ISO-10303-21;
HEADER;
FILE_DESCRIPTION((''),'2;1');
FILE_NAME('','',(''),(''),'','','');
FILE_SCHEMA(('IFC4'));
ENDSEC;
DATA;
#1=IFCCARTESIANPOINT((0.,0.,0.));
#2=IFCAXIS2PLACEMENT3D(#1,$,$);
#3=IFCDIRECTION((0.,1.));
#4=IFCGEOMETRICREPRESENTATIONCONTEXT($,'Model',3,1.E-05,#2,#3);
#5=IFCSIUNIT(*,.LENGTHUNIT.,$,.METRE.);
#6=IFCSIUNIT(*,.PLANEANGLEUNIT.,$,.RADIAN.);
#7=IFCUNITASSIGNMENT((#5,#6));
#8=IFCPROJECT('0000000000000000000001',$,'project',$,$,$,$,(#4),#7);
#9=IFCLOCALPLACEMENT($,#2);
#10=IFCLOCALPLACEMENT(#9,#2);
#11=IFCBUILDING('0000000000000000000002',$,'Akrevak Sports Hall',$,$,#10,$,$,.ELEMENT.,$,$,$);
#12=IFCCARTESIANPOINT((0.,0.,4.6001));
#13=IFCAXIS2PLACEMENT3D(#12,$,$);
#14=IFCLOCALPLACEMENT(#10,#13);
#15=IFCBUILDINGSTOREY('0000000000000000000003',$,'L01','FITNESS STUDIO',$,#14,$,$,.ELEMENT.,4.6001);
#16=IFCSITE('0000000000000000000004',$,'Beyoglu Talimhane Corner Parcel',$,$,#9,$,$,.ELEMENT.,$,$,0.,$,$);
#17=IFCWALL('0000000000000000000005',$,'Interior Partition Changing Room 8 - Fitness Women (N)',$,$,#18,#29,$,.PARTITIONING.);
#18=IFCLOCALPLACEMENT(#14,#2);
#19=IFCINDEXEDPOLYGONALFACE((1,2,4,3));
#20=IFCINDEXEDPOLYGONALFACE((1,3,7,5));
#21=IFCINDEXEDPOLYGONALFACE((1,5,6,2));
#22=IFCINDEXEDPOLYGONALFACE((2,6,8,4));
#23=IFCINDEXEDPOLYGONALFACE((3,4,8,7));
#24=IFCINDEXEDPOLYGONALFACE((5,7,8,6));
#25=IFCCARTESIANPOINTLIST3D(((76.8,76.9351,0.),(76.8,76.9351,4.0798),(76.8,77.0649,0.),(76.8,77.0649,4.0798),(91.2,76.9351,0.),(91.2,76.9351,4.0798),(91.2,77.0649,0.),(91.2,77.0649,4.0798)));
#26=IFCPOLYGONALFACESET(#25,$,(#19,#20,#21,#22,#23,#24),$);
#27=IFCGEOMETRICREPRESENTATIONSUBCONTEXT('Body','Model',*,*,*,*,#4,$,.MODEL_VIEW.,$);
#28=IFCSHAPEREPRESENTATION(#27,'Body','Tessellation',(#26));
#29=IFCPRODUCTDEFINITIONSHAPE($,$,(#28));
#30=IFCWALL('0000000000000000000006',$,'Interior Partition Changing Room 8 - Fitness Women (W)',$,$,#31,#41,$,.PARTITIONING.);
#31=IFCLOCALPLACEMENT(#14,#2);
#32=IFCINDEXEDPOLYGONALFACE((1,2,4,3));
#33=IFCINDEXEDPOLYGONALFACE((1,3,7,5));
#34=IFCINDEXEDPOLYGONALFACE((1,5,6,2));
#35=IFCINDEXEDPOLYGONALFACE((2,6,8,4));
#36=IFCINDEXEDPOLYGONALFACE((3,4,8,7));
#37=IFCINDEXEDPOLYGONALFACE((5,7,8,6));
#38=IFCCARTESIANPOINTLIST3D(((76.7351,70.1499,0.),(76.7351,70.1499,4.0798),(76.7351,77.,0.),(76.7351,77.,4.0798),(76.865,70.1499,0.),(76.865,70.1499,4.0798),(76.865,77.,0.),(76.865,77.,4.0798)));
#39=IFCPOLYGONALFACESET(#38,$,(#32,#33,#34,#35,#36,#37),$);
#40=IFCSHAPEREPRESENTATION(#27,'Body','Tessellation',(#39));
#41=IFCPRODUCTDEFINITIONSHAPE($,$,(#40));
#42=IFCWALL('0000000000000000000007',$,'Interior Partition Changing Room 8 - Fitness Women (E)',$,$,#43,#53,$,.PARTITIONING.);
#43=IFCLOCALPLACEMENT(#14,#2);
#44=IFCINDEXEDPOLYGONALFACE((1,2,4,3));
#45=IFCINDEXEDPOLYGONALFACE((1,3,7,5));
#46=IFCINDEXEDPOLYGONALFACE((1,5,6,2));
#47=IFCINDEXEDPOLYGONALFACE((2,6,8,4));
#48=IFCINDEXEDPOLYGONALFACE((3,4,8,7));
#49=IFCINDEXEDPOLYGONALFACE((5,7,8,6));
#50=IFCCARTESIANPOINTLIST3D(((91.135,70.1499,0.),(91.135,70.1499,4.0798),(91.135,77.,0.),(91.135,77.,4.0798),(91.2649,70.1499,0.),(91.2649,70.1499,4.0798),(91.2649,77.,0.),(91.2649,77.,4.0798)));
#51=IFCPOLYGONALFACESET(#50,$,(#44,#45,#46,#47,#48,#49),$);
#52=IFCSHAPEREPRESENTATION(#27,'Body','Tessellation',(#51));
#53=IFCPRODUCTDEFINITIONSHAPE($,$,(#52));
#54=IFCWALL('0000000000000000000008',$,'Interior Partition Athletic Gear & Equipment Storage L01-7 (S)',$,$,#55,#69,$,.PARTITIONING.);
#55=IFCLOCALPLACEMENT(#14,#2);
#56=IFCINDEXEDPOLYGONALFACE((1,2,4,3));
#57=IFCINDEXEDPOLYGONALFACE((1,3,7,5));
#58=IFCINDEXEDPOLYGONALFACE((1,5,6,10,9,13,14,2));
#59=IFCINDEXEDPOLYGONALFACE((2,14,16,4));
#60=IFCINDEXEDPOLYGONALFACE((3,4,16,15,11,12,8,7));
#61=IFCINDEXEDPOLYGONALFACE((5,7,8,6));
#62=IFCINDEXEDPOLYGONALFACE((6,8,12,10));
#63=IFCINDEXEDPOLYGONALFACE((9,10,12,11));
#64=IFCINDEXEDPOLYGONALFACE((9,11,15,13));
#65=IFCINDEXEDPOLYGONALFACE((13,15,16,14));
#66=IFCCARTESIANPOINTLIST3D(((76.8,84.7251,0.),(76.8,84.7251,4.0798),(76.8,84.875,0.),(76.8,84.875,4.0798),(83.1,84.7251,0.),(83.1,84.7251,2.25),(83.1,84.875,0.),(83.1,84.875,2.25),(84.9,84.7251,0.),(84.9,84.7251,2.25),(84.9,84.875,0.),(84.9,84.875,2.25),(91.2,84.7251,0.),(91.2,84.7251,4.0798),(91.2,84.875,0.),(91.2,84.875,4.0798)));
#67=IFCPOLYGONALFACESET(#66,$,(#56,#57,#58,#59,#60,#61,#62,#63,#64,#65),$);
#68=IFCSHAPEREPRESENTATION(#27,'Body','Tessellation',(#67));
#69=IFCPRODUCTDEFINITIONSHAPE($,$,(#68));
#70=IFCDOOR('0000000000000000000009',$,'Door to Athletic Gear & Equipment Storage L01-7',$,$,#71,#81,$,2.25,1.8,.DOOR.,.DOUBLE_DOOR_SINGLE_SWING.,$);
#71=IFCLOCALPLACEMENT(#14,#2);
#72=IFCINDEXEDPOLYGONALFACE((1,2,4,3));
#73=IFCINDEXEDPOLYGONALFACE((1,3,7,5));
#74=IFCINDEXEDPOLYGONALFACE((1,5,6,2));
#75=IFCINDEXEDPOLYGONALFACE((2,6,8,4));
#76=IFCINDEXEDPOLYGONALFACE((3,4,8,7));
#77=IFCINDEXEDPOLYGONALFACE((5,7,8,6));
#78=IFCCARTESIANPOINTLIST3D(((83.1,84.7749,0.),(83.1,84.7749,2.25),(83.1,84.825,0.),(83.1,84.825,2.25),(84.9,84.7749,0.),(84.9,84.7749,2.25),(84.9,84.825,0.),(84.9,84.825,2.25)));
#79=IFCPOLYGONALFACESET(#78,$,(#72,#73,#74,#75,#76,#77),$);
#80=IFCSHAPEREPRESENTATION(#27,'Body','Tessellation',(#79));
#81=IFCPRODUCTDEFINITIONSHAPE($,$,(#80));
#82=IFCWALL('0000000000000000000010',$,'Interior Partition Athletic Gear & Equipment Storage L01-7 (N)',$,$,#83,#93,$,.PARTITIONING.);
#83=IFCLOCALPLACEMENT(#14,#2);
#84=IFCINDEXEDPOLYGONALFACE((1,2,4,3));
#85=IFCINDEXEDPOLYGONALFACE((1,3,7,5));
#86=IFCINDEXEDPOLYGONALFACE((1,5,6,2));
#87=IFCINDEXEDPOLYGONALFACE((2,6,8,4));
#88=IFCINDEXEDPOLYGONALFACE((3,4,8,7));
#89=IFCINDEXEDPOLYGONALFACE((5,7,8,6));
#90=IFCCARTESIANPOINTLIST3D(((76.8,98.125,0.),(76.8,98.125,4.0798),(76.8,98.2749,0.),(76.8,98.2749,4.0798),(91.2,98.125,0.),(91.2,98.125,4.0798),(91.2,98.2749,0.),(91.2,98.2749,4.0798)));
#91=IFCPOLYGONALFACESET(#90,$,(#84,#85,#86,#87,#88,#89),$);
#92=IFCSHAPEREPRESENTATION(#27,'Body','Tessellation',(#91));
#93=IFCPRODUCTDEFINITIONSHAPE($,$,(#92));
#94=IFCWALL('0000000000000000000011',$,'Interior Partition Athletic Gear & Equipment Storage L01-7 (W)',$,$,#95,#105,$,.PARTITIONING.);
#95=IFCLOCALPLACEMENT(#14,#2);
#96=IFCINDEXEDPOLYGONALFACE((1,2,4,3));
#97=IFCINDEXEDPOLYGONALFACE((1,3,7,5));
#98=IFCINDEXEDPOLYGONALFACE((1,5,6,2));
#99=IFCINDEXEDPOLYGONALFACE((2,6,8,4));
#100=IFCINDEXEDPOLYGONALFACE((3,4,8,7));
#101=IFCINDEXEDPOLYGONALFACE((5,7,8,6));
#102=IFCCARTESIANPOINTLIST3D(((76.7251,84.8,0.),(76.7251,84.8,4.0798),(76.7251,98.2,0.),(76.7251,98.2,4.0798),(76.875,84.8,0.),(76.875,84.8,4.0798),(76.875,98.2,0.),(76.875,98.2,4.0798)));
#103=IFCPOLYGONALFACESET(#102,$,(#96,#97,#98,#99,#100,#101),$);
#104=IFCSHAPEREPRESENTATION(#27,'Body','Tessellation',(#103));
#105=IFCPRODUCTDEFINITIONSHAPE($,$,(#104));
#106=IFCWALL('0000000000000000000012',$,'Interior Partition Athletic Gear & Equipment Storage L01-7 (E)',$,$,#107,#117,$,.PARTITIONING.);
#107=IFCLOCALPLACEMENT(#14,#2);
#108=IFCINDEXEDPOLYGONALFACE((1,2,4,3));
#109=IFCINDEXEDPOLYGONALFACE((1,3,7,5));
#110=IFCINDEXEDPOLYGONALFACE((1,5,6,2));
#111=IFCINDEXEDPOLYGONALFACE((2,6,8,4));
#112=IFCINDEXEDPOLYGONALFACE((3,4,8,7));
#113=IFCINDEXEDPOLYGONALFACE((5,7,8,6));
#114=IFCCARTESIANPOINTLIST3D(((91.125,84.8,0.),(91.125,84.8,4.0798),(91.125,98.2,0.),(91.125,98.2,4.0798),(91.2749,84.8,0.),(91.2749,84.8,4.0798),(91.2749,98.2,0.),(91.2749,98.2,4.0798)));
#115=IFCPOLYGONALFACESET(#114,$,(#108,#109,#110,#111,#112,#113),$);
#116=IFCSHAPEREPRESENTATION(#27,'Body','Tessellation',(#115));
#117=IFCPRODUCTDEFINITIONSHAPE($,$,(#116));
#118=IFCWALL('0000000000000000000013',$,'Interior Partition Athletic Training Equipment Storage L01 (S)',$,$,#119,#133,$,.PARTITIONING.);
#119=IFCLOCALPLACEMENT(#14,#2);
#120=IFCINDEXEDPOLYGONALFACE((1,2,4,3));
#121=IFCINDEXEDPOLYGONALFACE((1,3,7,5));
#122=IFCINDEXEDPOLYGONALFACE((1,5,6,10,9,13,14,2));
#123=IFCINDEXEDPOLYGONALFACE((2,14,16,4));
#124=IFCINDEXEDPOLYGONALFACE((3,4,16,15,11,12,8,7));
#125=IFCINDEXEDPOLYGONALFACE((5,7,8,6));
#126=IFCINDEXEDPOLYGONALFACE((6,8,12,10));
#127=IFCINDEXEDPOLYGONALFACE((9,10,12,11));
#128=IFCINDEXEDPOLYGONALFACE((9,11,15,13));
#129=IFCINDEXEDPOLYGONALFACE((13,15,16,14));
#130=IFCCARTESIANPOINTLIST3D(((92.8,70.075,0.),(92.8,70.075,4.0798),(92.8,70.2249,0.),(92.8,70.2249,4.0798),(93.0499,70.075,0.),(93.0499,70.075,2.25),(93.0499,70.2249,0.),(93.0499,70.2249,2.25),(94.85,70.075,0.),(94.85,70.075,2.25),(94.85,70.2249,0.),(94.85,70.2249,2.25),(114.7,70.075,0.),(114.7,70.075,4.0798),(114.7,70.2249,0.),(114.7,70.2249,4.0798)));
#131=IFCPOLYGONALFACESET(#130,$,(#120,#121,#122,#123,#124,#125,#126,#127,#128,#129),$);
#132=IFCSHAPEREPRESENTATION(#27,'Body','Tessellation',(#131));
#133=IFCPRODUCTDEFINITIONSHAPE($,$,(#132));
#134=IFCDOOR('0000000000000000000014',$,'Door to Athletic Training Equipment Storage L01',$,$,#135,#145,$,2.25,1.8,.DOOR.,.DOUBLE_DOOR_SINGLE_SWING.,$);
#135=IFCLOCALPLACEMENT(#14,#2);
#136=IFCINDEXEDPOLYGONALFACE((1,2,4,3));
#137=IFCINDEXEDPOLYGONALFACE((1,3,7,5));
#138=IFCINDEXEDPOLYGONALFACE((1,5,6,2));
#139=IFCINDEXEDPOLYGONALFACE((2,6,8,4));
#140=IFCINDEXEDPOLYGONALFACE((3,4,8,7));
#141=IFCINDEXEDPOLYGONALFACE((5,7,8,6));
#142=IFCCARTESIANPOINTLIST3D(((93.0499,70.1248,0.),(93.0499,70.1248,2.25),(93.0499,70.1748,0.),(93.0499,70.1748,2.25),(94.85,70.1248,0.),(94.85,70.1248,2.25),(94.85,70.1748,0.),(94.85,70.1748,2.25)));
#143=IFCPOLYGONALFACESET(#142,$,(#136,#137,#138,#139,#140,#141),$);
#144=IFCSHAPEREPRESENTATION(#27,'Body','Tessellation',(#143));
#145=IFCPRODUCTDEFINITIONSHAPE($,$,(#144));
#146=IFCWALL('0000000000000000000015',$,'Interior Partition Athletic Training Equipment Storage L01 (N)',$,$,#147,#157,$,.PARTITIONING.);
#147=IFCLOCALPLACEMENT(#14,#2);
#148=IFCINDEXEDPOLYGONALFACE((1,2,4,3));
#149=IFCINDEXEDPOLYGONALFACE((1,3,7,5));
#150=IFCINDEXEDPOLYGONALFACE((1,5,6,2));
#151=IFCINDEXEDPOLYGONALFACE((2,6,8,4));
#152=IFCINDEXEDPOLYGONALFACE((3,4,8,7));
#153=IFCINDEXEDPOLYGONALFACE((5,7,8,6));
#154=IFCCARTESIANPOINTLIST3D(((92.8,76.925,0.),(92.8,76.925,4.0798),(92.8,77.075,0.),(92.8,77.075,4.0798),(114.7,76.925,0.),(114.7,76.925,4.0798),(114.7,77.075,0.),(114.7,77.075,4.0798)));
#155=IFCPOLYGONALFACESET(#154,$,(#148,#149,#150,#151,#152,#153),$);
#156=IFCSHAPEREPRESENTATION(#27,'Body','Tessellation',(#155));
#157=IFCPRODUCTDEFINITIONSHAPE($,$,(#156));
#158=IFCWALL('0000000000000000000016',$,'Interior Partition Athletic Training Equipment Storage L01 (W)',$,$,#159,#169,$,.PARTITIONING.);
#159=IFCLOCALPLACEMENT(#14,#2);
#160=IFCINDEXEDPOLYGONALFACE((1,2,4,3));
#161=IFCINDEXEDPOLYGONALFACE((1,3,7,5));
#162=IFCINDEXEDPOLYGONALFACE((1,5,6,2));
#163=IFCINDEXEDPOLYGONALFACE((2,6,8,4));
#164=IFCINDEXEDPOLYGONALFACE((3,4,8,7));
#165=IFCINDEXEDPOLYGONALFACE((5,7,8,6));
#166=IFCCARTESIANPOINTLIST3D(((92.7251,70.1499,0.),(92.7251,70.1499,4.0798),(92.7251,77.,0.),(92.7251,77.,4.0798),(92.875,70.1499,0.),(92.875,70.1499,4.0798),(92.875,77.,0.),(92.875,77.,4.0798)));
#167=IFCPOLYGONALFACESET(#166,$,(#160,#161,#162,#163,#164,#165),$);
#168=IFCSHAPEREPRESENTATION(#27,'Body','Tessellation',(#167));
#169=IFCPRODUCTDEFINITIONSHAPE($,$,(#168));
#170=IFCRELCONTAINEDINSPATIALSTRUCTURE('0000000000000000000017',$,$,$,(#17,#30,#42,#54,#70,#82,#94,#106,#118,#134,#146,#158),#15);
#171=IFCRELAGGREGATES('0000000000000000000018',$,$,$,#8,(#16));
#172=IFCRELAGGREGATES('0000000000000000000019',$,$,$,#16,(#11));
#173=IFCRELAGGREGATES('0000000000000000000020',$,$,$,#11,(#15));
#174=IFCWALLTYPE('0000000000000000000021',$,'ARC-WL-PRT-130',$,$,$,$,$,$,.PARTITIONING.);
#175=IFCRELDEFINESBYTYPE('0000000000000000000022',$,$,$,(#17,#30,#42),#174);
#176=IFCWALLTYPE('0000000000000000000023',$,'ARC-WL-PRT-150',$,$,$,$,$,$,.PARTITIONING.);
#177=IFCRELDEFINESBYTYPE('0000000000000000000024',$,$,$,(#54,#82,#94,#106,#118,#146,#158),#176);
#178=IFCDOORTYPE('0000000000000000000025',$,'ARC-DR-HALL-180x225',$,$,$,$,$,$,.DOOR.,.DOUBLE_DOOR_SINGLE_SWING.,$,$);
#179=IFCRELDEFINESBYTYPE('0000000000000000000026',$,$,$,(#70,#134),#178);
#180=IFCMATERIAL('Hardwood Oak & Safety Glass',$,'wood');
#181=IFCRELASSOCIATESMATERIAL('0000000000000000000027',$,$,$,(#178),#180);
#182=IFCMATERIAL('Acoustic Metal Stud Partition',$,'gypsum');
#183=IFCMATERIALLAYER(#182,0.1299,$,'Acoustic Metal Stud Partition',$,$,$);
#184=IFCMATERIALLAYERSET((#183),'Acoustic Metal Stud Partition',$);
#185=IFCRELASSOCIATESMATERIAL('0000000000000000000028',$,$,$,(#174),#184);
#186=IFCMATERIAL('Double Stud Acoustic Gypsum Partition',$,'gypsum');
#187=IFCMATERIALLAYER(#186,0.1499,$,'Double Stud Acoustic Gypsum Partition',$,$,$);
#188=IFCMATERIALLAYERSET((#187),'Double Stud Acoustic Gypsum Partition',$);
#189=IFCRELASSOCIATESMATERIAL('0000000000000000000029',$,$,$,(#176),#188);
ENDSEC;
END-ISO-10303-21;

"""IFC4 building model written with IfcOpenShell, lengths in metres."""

from ifc_helpers import new_model, si_unit, direction, frame, frame_2d, origin, place, context, subcontext, project, spatial, rectangle, extrude, material, layer, layer_set, type_object, element, fill, save


model = new_model("IFC4")

# Units and contexts
model_context = context("Model", 3, precision=1e-05, world=origin(), true_north=direction((0.0, 1.0)))
body_context = subcontext(model_context, "Body", "Model", "MODEL_VIEW")
ifc_project = project(units=[si_unit("LENGTHUNIT", "METRE"), si_unit("PLANEANGLEUNIT", "RADIAN")], contexts=[model_context])

# Site, building, storey
site_placement = place(None, origin())
site = spatial("IfcSite", under=ifc_project, at=site_placement, Name="Beyoglu Talimhane Corner Parcel", CompositionType="ELEMENT", RefElevation=0.0)
building_placement = place(site_placement, origin())
building = spatial("IfcBuilding", under=site, at=building_placement, Name="Akrevak Sports Hall", CompositionType="ELEMENT")
storey_placement = place(building_placement, frame((0.0, 0.0, 4.6001)))
storey = spatial("IfcBuildingStorey", under=building, at=storey_placement, Name="L01", Description="FITNESS STUDIO", CompositionType="ELEMENT", Elevation=4.6001)

# Shared definitions
ifc_material_1 = material(Name="Hardwood Oak & Safety Glass", Category="wood")
door_type_1 = type_object("IfcDoorType", Name="ARC-DR-HALL-180x225", OperationType="DOUBLE_DOOR_SINGLE_SWING", PredefinedType="DOOR", material=ifc_material_1)

# Shared definitions
ifc_material_2 = material(Name="Acoustic Metal Stud Partition", Category="gypsum")
ifc_layer_1 = layer(ifc_material_2, 0.1299, Name="Acoustic Metal Stud Partition")
ifc_layer_set_1 = layer_set([ifc_layer_1], Name="Acoustic Metal Stud Partition")
wall_type_1 = type_object("IfcWallType", Name="ARC-WL-PRT-130", PredefinedType="PARTITIONING", material=ifc_layer_set_1)

# Walls
wall_1_placement = place(storey_placement, frame((76.8, 77.0, 0.0), z_axis=(0.0, 0.0, 1.0), x_axis=(1.0, 0.0, 0.0)))
element("IfcWall", 1, at=wall_1_placement, inside=storey, type_object=wall_type_1, Name="Interior Partition Changing Room 8 - Fitness Women (N)", PredefinedType="PARTITIONING", context=body_context, shape_type="SweptSolid", body=[
    extrude(rectangle(XDim=14.3999, YDim=0.1299, at=frame_2d((7.2, 0.0))), origin(), (0.0, 0.0, 1.0), 4.0798),
])
for number, where, z_axis, x_axis, name in (
    (2, (76.8, 70.1499, 0.0), (0.0, 0.0, 1.0), (0.0, 1.0, 0.0), "Interior Partition Changing Room 8 - Fitness Women (W)"),
    (3, (91.2, 70.1499, 0.0), (0.0, 0.0, 1.0), (0.0, 1.0, 0.0), "Interior Partition Changing Room 8 - Fitness Women (E)"),
):
    element("IfcWall", number, at=place(storey_placement, frame(where, z_axis=z_axis, x_axis=x_axis)), inside=storey, type_object=wall_type_1, Name=name, PredefinedType="PARTITIONING", context=body_context, shape_type="SweptSolid", body=[
        extrude(rectangle(XDim=6.8501, YDim=0.1299, at=frame_2d((3.425, 0.0))), origin(), (0.0, 0.0, 1.0), 4.0798),
    ])

# Wall, opening, door
ifc_material_3 = material(Name="Double Stud Acoustic Gypsum Partition", Category="gypsum")
ifc_layer_2 = layer(ifc_material_3, 0.1499, Name="Double Stud Acoustic Gypsum Partition")
ifc_layer_set_2 = layer_set([ifc_layer_2], Name="Double Stud Acoustic Gypsum Partition")
wall_type_2 = type_object("IfcWallType", Name="ARC-WL-PRT-150", PredefinedType="PARTITIONING", material=ifc_layer_set_2)
wall_2_placement = place(storey_placement, frame((76.8, 84.8, 0.0), z_axis=(0.0, 0.0, 1.0), x_axis=(1.0, 0.0, 0.0)))
wall_2 = element("IfcWall", 4, at=wall_2_placement, inside=storey, type_object=wall_type_2, Name="Interior Partition Athletic Gear & Equipment Storage L01-7 (S)", PredefinedType="PARTITIONING", context=body_context, shape_type="SweptSolid", body=[
    extrude(rectangle(XDim=14.3999, YDim=0.1499, at=frame_2d((7.2, 0.0))), origin(), (0.0, 0.0, 1.0), 4.0798),
])
opening_1_placement = place(wall_2_placement, frame((6.3, 0.0, 0.0)))
opening_1 = element("IfcOpeningElement", 5, at=opening_1_placement, cuts=wall_2, PredefinedType="OPENING", context=body_context, shape_type="SweptSolid", body=[
    extrude(rectangle(XDim=1.8, YDim=2.25, at=frame_2d((0.8999, 1.125))), frame((0.0, 0.0869, 0.0), z_axis=(0.0, -1.0, 0.0), x_axis=(1.0, 0.0, 0.0)), (0.0, 0.0, 1.0), 0.1738),
])
door_1_placement = place(opening_1_placement, origin())
door_1 = element("IfcDoor", 6, at=door_1_placement, inside=storey, type_object=door_type_1, Name="Door to Athletic Gear & Equipment Storage L01-7", OperationType="DOUBLE_DOOR_SINGLE_SWING", OverallHeight=2.25, OverallWidth=1.8, PredefinedType="DOOR", context=body_context, shape_type="SweptSolid", body=[
    extrude(rectangle(XDim=1.8, YDim=2.25, at=frame_2d((0.8999, 1.125))), frame((0.0, 0.0249, 0.0), z_axis=(0.0, -1.0, 0.0), x_axis=(1.0, 0.0, 0.0)), (0.0, 0.0, 1.0), 0.05),
])
fill(opening_1, door_1)

# Walls
wall_3_placement = place(storey_placement, frame((76.8, 98.2, 0.0), z_axis=(0.0, 0.0, 1.0), x_axis=(1.0, 0.0, 0.0)))
element("IfcWall", 7, at=wall_3_placement, inside=storey, type_object=wall_type_2, Name="Interior Partition Athletic Gear & Equipment Storage L01-7 (N)", PredefinedType="PARTITIONING", context=body_context, shape_type="SweptSolid", body=[
    extrude(rectangle(XDim=14.3999, YDim=0.1499, at=frame_2d((7.2, 0.0))), origin(), (0.0, 0.0, 1.0), 4.0798),
])
for number, where, z_axis, x_axis, name in (
    (8, (76.8, 84.8, 0.0), (0.0, 0.0, 1.0), (0.0, 1.0, 0.0), "Interior Partition Athletic Gear & Equipment Storage L01-7 (W)"),
    (9, (91.2, 84.8, 0.0), (0.0, 0.0, 1.0), (0.0, 1.0, 0.0), "Interior Partition Athletic Gear & Equipment Storage L01-7 (E)"),
):
    element("IfcWall", number, at=place(storey_placement, frame(where, z_axis=z_axis, x_axis=x_axis)), inside=storey, type_object=wall_type_2, Name=name, PredefinedType="PARTITIONING", context=body_context, shape_type="SweptSolid", body=[
        extrude(rectangle(XDim=13.3999, YDim=0.1499, at=frame_2d((6.7, 0.0))), origin(), (0.0, 0.0, 1.0), 4.0798),
    ])

# Wall, opening, door
wall_4_placement = place(storey_placement, frame((92.8, 70.1499, 0.0), z_axis=(0.0, 0.0, 1.0), x_axis=(1.0, 0.0, 0.0)))
wall_4 = element("IfcWall", 10, at=wall_4_placement, inside=storey, type_object=wall_type_2, Name="Interior Partition Athletic Training Equipment Storage L01 (S)", PredefinedType="PARTITIONING", context=body_context, shape_type="SweptSolid", body=[
    extrude(rectangle(XDim=21.8999, YDim=0.1499, at=frame_2d((10.95, 0.0))), origin(), (0.0, 0.0, 1.0), 4.0798),
])
opening_2_placement = place(wall_4_placement, frame((0.25, 0.0, 0.0)))
opening_2 = element("IfcOpeningElement", 11, at=opening_2_placement, cuts=wall_4, PredefinedType="OPENING", context=body_context, shape_type="SweptSolid", body=[
    extrude(rectangle(XDim=1.8, YDim=2.25, at=frame_2d((0.8999, 1.125))), frame((0.0, 0.0869, 0.0), z_axis=(0.0, -1.0, 0.0), x_axis=(1.0, 0.0, 0.0)), (0.0, 0.0, 1.0), 0.1738),
])
door_2_placement = place(opening_2_placement, origin())
door_2 = element("IfcDoor", 12, at=door_2_placement, inside=storey, type_object=door_type_1, Name="Door to Athletic Training Equipment Storage L01", OperationType="DOUBLE_DOOR_SINGLE_SWING", OverallHeight=2.25, OverallWidth=1.8, PredefinedType="DOOR", context=body_context, shape_type="SweptSolid", body=[
    extrude(rectangle(XDim=1.8, YDim=2.25, at=frame_2d((0.8999, 1.125))), frame((0.0, 0.0249, 0.0), z_axis=(0.0, -1.0, 0.0), x_axis=(1.0, 0.0, 0.0)), (0.0, 0.0, 1.0), 0.05),
])
fill(opening_2, door_2)

# Walls
wall_5_placement = place(storey_placement, frame((92.8, 77.0, 0.0), z_axis=(0.0, 0.0, 1.0), x_axis=(1.0, 0.0, 0.0)))
element("IfcWall", 13, at=wall_5_placement, inside=storey, type_object=wall_type_2, Name="Interior Partition Athletic Training Equipment Storage L01 (N)", PredefinedType="PARTITIONING", context=body_context, shape_type="SweptSolid", body=[
    extrude(rectangle(XDim=21.8999, YDim=0.1499, at=frame_2d((10.95, 0.0))), origin(), (0.0, 0.0, 1.0), 4.0798),
])
wall_6_placement = place(storey_placement, frame((92.8, 70.1499, 0.0), z_axis=(0.0, 0.0, 1.0), x_axis=(0.0, 1.0, 0.0)))
element("IfcWall", 14, at=wall_6_placement, inside=storey, type_object=wall_type_2, Name="Interior Partition Athletic Training Equipment Storage L01 (W)", PredefinedType="PARTITIONING", context=body_context, shape_type="SweptSolid", body=[
    extrude(rectangle(XDim=6.8501, YDim=0.1499, at=frame_2d((3.425, 0.0))), origin(), (0.0, 0.0, 1.0), 4.0798),
])

save(model, "model.ifc")
